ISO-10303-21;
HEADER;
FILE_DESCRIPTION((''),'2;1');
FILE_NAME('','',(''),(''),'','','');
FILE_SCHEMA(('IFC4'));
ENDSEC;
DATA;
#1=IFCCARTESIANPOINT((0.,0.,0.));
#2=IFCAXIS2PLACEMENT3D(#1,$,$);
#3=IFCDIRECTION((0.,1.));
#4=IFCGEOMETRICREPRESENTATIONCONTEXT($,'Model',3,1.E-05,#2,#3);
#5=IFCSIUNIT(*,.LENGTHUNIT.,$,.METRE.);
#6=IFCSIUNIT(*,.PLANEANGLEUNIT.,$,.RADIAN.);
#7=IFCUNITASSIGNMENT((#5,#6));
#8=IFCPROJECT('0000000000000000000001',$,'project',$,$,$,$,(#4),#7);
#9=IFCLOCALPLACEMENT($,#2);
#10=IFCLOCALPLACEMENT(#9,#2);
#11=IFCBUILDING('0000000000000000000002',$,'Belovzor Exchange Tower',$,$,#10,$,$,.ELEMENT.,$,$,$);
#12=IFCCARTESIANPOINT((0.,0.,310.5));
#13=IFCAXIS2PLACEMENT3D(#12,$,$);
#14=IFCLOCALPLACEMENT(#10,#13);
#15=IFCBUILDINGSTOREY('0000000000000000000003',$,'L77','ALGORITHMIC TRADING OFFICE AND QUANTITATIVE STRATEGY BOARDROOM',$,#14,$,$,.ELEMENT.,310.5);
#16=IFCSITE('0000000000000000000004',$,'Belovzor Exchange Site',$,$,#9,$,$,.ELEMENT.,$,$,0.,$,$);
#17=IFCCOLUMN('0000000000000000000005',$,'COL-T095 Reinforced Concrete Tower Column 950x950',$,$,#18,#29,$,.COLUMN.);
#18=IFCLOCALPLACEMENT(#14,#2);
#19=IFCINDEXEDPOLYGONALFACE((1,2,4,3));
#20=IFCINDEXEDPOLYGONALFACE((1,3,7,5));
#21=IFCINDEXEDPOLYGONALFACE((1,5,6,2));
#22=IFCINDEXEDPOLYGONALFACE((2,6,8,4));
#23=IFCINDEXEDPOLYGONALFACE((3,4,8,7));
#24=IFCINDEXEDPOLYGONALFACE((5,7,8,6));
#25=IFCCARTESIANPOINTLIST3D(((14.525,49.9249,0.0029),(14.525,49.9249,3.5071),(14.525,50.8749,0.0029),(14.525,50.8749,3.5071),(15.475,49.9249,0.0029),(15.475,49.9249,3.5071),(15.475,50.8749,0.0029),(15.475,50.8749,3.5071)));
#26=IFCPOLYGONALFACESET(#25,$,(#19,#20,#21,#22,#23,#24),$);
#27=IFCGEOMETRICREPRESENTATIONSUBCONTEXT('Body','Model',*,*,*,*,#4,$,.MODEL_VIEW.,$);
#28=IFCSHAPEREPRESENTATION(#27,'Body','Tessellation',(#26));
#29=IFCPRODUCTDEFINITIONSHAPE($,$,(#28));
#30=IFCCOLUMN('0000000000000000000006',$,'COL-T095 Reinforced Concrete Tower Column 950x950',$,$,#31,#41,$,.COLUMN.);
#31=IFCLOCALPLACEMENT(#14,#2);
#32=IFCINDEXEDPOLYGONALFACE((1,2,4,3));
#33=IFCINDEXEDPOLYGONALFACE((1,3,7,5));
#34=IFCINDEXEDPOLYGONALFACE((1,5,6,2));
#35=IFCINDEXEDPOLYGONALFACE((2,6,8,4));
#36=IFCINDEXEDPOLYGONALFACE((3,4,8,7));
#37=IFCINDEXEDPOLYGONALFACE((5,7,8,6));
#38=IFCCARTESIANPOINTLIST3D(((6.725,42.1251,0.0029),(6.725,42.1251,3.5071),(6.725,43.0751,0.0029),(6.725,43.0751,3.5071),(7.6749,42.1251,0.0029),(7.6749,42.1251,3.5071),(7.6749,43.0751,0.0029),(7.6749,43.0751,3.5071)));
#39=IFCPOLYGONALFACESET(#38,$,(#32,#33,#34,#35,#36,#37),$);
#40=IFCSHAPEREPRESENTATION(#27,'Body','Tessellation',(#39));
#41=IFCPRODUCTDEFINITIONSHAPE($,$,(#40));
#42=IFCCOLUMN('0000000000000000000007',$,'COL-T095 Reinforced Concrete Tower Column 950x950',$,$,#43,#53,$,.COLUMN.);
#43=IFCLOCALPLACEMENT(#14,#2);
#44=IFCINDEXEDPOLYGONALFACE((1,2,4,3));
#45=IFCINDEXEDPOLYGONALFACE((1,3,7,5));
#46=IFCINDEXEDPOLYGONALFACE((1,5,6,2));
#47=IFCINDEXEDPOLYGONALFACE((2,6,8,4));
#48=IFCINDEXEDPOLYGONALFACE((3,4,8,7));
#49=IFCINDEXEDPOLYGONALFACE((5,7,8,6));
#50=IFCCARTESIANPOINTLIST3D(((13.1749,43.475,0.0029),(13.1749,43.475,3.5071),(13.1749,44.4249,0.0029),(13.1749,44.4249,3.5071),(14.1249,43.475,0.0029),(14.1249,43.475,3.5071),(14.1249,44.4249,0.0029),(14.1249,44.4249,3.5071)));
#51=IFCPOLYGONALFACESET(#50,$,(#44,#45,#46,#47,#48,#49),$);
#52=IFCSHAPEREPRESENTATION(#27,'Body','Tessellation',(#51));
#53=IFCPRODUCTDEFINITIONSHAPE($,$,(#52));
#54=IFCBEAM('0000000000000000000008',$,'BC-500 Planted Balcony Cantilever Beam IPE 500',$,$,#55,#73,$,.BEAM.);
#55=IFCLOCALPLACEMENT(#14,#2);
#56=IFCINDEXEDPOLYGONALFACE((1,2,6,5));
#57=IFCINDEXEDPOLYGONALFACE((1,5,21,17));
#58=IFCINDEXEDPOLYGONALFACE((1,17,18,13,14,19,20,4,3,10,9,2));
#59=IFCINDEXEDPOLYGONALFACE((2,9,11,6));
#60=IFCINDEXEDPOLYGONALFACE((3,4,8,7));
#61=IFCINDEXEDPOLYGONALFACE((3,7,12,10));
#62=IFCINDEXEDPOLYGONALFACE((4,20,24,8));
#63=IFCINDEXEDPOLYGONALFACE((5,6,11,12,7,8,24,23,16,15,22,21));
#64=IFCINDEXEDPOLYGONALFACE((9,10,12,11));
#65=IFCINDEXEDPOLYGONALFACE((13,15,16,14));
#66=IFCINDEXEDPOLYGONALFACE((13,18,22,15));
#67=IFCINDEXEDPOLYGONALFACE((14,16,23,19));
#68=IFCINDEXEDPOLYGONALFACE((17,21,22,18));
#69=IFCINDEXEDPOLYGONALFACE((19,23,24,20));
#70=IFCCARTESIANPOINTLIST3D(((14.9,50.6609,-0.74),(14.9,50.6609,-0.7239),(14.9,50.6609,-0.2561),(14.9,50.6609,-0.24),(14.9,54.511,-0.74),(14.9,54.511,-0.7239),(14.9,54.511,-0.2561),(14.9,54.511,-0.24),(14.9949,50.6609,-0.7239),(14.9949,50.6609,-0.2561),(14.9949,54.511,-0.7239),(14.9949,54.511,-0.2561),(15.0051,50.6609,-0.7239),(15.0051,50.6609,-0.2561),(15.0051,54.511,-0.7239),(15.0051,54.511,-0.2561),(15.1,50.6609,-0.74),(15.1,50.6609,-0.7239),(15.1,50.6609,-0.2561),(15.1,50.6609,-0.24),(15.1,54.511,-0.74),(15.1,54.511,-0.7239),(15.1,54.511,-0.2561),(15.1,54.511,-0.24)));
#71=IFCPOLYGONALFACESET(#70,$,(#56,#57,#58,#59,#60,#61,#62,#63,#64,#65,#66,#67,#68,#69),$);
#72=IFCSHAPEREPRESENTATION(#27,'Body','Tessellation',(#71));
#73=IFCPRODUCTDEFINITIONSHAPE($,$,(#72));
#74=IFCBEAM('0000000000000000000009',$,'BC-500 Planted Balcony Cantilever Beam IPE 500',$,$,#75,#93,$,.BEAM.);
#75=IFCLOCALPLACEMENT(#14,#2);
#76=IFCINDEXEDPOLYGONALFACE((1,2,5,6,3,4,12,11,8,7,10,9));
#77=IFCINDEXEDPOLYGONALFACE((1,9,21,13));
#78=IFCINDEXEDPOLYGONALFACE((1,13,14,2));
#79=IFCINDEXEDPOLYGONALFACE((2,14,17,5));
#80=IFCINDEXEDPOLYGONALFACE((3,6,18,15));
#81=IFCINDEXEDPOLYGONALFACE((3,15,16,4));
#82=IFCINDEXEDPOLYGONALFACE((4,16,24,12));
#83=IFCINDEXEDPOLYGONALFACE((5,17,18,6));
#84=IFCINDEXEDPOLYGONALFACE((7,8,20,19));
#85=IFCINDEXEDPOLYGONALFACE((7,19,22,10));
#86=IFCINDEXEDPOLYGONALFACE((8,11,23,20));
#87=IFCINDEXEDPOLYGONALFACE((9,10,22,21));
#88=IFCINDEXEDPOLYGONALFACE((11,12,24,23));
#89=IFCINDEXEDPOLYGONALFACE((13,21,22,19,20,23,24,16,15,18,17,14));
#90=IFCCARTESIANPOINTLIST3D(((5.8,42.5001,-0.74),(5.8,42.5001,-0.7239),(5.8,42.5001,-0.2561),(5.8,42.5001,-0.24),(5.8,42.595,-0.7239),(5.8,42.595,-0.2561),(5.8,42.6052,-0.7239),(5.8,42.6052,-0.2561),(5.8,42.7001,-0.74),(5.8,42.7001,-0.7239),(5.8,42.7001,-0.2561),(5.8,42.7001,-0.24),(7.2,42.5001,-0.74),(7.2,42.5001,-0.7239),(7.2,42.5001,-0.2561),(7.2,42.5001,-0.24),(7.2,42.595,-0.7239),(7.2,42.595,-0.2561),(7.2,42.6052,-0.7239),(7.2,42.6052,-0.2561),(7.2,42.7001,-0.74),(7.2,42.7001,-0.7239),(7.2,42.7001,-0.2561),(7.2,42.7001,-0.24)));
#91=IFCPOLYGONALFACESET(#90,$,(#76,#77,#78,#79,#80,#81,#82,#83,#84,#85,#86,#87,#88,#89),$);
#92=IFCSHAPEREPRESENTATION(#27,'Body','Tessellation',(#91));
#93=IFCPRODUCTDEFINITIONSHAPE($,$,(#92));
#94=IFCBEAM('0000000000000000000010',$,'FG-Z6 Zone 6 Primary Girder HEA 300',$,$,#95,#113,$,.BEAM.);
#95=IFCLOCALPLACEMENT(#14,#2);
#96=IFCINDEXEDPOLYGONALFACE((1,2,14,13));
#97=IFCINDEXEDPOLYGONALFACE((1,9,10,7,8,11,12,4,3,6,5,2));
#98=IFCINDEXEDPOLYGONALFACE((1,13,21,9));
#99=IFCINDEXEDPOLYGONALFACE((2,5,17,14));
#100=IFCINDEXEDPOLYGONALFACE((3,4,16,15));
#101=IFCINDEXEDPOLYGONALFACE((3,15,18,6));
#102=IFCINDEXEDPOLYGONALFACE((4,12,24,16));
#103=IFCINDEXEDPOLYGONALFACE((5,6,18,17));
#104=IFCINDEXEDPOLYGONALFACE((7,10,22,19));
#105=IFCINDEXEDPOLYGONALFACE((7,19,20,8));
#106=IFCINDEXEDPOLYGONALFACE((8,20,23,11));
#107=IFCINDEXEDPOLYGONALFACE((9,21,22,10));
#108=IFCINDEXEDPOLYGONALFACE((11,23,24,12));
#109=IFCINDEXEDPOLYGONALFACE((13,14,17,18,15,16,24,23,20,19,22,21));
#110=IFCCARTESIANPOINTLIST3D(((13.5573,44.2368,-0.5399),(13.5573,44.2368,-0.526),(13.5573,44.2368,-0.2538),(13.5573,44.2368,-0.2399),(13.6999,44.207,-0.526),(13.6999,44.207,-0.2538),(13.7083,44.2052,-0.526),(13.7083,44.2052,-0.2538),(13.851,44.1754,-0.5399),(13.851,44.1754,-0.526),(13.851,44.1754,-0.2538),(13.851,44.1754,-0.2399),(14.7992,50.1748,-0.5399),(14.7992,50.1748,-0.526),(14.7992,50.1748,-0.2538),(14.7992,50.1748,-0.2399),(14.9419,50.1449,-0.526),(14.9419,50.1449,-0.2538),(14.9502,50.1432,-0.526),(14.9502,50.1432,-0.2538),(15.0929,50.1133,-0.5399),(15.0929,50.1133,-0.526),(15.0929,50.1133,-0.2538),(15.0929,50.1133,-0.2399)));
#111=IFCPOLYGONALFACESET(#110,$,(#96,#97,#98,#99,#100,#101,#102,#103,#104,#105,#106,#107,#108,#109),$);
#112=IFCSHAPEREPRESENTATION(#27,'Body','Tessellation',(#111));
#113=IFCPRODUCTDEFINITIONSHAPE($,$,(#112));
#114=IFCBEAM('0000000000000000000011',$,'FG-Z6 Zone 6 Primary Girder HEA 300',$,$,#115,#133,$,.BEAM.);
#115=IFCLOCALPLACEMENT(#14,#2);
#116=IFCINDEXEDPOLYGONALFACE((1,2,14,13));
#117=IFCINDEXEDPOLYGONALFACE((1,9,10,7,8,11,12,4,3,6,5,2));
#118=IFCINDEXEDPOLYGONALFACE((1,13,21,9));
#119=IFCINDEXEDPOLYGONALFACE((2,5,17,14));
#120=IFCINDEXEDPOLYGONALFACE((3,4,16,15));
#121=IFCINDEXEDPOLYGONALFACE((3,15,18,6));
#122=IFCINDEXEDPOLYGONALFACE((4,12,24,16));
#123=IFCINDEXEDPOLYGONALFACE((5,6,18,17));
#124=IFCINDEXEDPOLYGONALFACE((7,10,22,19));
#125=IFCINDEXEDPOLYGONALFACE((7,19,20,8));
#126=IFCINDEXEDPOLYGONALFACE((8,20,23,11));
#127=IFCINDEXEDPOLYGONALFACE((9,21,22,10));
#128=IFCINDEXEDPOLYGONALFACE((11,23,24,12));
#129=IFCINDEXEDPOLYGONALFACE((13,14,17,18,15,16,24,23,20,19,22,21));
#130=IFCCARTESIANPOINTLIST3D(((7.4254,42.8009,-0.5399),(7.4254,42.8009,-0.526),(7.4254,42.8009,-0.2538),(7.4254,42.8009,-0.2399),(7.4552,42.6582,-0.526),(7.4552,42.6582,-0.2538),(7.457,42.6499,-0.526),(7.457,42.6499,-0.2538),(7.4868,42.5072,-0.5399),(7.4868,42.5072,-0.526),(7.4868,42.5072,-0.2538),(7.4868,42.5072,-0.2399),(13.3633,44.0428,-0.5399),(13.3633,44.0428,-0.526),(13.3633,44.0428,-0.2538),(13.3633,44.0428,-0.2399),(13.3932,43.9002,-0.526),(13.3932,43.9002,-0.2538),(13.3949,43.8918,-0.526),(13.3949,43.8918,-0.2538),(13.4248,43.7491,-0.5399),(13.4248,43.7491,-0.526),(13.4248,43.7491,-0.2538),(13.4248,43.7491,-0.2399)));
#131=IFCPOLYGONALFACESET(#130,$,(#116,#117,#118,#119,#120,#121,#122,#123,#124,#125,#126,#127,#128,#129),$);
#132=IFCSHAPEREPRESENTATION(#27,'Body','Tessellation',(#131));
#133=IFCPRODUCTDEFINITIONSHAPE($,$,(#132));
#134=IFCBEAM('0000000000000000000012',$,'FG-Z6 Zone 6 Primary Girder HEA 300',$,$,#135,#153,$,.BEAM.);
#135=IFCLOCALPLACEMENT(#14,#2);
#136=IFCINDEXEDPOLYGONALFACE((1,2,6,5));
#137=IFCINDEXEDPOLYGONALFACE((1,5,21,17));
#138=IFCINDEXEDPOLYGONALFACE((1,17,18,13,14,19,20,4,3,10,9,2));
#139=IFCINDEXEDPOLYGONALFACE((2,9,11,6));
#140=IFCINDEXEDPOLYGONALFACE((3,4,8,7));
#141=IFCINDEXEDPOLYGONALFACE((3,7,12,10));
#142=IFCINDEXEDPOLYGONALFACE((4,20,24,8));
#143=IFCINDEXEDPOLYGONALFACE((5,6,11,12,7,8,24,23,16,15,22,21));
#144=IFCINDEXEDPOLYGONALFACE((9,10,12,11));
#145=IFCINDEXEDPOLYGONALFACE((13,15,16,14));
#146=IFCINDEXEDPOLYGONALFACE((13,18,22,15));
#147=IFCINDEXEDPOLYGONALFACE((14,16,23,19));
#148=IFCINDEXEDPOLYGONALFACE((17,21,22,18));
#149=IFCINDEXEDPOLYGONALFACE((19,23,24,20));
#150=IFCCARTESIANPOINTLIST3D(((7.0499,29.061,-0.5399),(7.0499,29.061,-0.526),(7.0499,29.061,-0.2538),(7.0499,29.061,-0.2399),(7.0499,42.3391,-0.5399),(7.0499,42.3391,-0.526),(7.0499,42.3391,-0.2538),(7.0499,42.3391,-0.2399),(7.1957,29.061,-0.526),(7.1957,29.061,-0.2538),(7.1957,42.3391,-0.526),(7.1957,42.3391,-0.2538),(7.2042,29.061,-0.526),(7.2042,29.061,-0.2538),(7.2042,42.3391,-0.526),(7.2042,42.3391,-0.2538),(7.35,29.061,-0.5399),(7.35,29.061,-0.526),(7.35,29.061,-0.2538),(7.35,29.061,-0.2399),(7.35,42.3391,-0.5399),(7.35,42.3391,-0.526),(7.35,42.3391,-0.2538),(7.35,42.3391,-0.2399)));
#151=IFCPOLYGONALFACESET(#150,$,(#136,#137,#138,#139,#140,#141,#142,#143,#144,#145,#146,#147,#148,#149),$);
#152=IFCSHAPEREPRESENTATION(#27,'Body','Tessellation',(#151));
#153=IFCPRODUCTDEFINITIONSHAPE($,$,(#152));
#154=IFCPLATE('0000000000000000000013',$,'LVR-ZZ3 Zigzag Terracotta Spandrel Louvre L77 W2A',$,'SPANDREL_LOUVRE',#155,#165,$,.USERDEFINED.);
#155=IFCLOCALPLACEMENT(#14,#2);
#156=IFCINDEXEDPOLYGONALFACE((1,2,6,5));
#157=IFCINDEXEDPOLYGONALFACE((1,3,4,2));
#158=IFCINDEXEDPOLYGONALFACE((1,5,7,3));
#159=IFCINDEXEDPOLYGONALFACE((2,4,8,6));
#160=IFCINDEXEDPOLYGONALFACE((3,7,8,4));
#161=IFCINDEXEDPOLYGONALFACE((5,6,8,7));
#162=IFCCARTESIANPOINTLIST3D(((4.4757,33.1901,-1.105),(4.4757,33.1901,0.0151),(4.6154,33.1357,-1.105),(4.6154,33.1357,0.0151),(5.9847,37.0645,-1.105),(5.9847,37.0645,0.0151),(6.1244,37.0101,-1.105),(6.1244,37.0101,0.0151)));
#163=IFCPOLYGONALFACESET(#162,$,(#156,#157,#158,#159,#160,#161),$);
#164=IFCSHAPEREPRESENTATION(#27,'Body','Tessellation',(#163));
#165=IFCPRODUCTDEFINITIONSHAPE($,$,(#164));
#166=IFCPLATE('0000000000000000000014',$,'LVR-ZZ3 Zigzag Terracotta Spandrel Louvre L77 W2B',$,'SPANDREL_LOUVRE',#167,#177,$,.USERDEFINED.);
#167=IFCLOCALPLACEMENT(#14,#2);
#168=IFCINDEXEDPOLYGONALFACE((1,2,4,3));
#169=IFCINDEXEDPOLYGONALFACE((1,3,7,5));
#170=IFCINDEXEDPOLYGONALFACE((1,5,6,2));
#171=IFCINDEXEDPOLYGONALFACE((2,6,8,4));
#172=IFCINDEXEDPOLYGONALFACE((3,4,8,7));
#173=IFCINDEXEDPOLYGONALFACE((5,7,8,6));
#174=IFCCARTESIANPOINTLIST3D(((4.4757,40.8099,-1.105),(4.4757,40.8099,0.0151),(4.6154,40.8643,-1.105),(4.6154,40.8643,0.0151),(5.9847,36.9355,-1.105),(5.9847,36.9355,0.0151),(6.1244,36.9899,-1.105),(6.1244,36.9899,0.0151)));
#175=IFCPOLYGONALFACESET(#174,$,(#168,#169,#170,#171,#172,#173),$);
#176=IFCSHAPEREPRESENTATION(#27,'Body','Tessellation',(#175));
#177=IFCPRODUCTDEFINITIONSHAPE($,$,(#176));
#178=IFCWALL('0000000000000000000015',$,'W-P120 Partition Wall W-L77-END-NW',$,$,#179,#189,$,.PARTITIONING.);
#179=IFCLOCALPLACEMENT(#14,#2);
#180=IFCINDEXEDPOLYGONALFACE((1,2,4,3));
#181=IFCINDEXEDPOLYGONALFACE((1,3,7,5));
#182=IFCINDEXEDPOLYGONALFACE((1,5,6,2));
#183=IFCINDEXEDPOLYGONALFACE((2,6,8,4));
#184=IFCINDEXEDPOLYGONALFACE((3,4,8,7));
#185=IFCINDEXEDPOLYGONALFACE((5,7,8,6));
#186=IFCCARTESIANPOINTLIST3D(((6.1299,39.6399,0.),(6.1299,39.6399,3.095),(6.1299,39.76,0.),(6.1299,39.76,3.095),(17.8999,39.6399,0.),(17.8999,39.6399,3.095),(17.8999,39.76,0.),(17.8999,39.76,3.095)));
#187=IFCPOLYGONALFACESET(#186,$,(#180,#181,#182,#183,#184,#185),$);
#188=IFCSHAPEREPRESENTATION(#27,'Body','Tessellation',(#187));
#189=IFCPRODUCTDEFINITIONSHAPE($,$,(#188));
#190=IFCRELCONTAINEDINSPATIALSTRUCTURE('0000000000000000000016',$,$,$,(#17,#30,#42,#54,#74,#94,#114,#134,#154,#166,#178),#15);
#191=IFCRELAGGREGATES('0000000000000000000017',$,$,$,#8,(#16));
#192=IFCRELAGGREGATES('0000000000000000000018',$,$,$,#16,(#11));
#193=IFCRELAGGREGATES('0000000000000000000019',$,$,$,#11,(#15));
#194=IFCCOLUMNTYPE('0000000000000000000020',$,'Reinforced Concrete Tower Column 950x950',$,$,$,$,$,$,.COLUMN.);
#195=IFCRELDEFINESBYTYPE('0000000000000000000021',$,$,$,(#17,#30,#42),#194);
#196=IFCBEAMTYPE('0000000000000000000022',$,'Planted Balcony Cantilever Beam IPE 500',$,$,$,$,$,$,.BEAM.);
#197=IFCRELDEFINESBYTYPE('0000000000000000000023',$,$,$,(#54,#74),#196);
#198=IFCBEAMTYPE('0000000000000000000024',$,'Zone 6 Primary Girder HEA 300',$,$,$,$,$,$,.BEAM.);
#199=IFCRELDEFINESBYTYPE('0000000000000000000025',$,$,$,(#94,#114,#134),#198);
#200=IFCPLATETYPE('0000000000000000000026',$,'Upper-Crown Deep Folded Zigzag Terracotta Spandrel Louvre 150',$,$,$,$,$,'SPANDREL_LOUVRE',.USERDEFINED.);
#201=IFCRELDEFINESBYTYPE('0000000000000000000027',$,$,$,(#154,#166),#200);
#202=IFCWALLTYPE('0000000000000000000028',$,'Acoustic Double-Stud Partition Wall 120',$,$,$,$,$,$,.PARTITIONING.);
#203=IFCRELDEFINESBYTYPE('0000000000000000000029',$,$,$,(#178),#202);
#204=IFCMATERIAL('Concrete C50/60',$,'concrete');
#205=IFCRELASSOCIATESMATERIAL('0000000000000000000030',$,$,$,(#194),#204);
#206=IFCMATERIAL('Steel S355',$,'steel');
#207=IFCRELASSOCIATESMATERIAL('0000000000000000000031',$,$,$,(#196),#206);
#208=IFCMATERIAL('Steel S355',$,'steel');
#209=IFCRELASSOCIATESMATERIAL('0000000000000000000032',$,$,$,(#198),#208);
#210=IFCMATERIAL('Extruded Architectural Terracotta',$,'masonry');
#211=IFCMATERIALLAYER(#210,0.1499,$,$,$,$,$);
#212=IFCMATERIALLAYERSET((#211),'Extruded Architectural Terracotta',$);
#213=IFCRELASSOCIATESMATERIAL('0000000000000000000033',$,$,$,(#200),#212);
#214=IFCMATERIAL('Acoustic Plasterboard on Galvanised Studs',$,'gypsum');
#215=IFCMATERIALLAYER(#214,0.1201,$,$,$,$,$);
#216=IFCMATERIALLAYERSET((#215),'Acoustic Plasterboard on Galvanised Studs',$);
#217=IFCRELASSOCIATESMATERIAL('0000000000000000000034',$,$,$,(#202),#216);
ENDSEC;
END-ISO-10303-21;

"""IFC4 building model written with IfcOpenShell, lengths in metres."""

from ifc_helpers import new_model, si_unit, direction, frame, frame_2d, origin, origin_2d, place, context, subcontext, project, spatial, rectangle, i_section, extrude, material, layer, layer_set, material_profile, profile_set, type_object, element, save


model = new_model("IFC4")

# Units and contexts
model_context = context("Model", 3, precision=1e-05, world=origin(), true_north=direction((0.0, 1.0)))
body_context = subcontext(model_context, "Body", "Model", "MODEL_VIEW")
ifc_project = project(units=[si_unit("LENGTHUNIT", "METRE"), si_unit("PLANEANGLEUNIT", "RADIAN")], contexts=[model_context])

# Site, building, storey
site_placement = place(None, origin())
site = spatial("IfcSite", under=ifc_project, at=site_placement, Name="Belovzor Exchange Site", CompositionType="ELEMENT", RefElevation=0.0)
building_placement = place(site_placement, origin())
building = spatial("IfcBuilding", under=site, at=building_placement, Name="Belovzor Exchange Tower", CompositionType="ELEMENT")
storey_placement = place(building_placement, frame((0.0, 0.0, 310.5)))
storey = spatial("IfcBuildingStorey", under=building, at=storey_placement, Name="L77", Description="ALGORITHMIC TRADING OFFICE AND QUANTITATIVE STRATEGY BOARDROOM", CompositionType="ELEMENT", Elevation=310.5)

# Columns
ifc_material_1 = material(Name="Concrete C50/60", Category="concrete")
ifc_material_profile_1 = material_profile(ifc_material_1, rectangle(XDim=0.95, YDim=0.95, at=origin_2d()))
ifc_profile_set_1 = profile_set([ifc_material_profile_1], Name="Concrete C50/60")
column_type = type_object("IfcColumnType", Name="Reinforced Concrete Tower Column 950x950", PredefinedType="COLUMN", material=ifc_profile_set_1)
for number, where, z_axis, x_axis, name in (
    (1, (15.0, 50.3999, 0.0029), (0.0, 0.0, 1.0), (1.0, 0.0, 0.0), "COL-T095 Reinforced Concrete Tower Column 950x950"),
    (2, (7.2, 42.6001, 0.0029), (0.0, 0.0, 1.0), (1.0, 0.0, 0.0), "COL-T095 Reinforced Concrete Tower Column 950x950"),
    (3, (13.6499, 43.95, 0.0029), (0.0, 0.0, 1.0), (1.0, 0.0, 0.0), "COL-T095 Reinforced Concrete Tower Column 950x950"),
):
    element("IfcColumn", number, at=place(storey_placement, frame(where, z_axis=z_axis, x_axis=x_axis)), inside=storey, type_object=column_type, Name=name, PredefinedType="COLUMN", context=body_context, shape_type="SweptSolid", body=[
        extrude(rectangle(XDim=0.95, YDim=0.95, at=origin_2d()), origin(), (0.0, 0.0, 1.0), 3.5042),
    ])

# Beams
ifc_material_2 = material(Name="Steel S355", Category="steel")
ifc_material_profile_2 = material_profile(ifc_material_2, i_section(OverallWidth=0.2, OverallDepth=0.5, WebThickness=0.0103, FlangeThickness=0.0161, at=origin_2d()))
ifc_profile_set_2 = profile_set([ifc_material_profile_2], Name="Steel S355")
beam_type_1 = type_object("IfcBeamType", Name="Planted Balcony Cantilever Beam IPE 500", PredefinedType="BEAM", material=ifc_profile_set_2)
beam_1_placement = place(storey_placement, frame((15.0, 50.6609, -0.49), z_axis=(0.0, 1.0, 0.0), x_axis=(-1.0, 0.0, 0.0)))
element("IfcBeam", 4, at=beam_1_placement, inside=storey, type_object=beam_type_1, Name="BC-500 Planted Balcony Cantilever Beam IPE 500", PredefinedType="BEAM", context=body_context, shape_type="SweptSolid", body=[
    extrude(i_section(OverallWidth=0.2, OverallDepth=0.5, WebThickness=0.0103, FlangeThickness=0.0161, at=origin_2d()), origin(), (0.0, 0.0, 1.0), 3.8501),
])
beam_2_placement = place(storey_placement, frame((7.2, 42.6001, -0.49), z_axis=(-1.0, 0.0, 0.0), x_axis=(0.0, -1.0, 0.0)))
element("IfcBeam", 5, at=beam_2_placement, inside=storey, type_object=beam_type_1, Name="BC-500 Planted Balcony Cantilever Beam IPE 500", PredefinedType="BEAM", context=body_context, shape_type="SweptSolid", body=[
    extrude(i_section(OverallWidth=0.2, OverallDepth=0.5, WebThickness=0.0103, FlangeThickness=0.0161, at=origin_2d()), origin(), (0.0, 0.0, 1.0), 1.3999),
])
ifc_material_3 = material(Name="Steel S355", Category="steel")
ifc_material_profile_3 = material_profile(ifc_material_3, i_section(OverallWidth=0.3, OverallDepth=0.3, WebThickness=0.0085, FlangeThickness=0.0139, at=origin_2d()))
ifc_profile_set_3 = profile_set([ifc_material_profile_3], Name="Steel S355")
beam_type_2 = type_object("IfcBeamType", Name="Zone 6 Primary Girder HEA 300", PredefinedType="BEAM", material=ifc_profile_set_3)
for number, where, z_axis, x_axis, name in (
    (6, (14.946, 50.144, -0.3899), (-0.204722, -0.97882, 0.0), (0.97882, -0.204722, 0.0), "FG-Z6 Zone 6 Primary Girder HEA 300"),
    (7, (13.394, 43.896, -0.3899), (-0.97882, -0.204722, 0.0), (0.204722, -0.97882, 0.0), "FG-Z6 Zone 6 Primary Girder HEA 300"),
):
    element("IfcBeam", number, at=place(storey_placement, frame(where, z_axis=z_axis, x_axis=x_axis)), inside=storey, type_object=beam_type_2, Name=name, PredefinedType="BEAM", context=body_context, shape_type="SweptSolid", body=[
        extrude(i_section(OverallWidth=0.3, OverallDepth=0.3, WebThickness=0.0085, FlangeThickness=0.0139, at=origin_2d()), origin(), (0.0, 0.0, 1.0), 6.0664),
    ])
beam_3_placement = place(storey_placement, frame((7.2, 42.3391, -0.3899), z_axis=(0.0, -1.0, 0.0), x_axis=(1.0, 0.0, 0.0)))
element("IfcBeam", 8, at=beam_3_placement, inside=storey, type_object=beam_type_2, Name="FG-Z6 Zone 6 Primary Girder HEA 300", PredefinedType="BEAM", context=body_context, shape_type="SweptSolid", body=[
    extrude(i_section(OverallWidth=0.3, OverallDepth=0.3, WebThickness=0.0085, FlangeThickness=0.0139, at=origin_2d()), origin(), (0.0, 0.0, 1.0), 13.2781),
])

# Plates
ifc_material_4 = material(Name="Extruded Architectural Terracotta", Category="masonry")
ifc_layer_1 = layer(ifc_material_4, 0.1499)
ifc_layer_set_1 = layer_set([ifc_layer_1], Name="Extruded Architectural Terracotta")
plate_type = type_object("IfcPlateType", Name="Upper-Crown Deep Folded Zigzag Terracotta Spandrel Louvre 150", ElementType="SPANDREL_LOUVRE", PredefinedType="USERDEFINED", material=ifc_layer_set_1)
for number, where, z_axis, x_axis, name in (
    (9, (5.3, 35.1001, -1.105), (0.0, 0.0, 1.0), (0.362926, 0.931818, 0.0), "LVR-ZZ3 Zigzag Terracotta Spandrel Louvre L77 W2A"),
    (10, (5.3, 38.8999, -1.105), (0.0, 0.0, 1.0), (-0.362926, 0.931818, 0.0), "LVR-ZZ3 Zigzag Terracotta Spandrel Louvre L77 W2B"),
):
    element("IfcPlate", number, at=place(storey_placement, frame(where, z_axis=z_axis, x_axis=x_axis)), inside=storey, type_object=plate_type, Name=name, ObjectType="SPANDREL_LOUVRE", PredefinedType="USERDEFINED", context=body_context, shape_type="SweptSolid", body=[
        extrude(rectangle(XDim=4.158, YDim=0.1499, at=origin_2d()), origin(), (0.0, 0.0, 1.0), 1.1201),
    ])

# Wall
ifc_material_5 = material(Name="Acoustic Plasterboard on Galvanised Studs", Category="gypsum")
ifc_layer_2 = layer(ifc_material_5, 0.1201)
ifc_layer_set_2 = layer_set([ifc_layer_2], Name="Acoustic Plasterboard on Galvanised Studs")
wall_type_1 = type_object("IfcWallType", Name="Acoustic Double-Stud Partition Wall 120", PredefinedType="PARTITIONING", material=ifc_layer_set_2)
wall_1_placement = place(storey_placement, frame((6.1299, 39.7, 0.0), z_axis=(0.0, 0.0, 1.0), x_axis=(1.0, 0.0, 0.0)))
element("IfcWall", 11, at=wall_1_placement, inside=storey, type_object=wall_type_1, Name="W-P120 Partition Wall W-L77-END-NW", PredefinedType="PARTITIONING", context=body_context, shape_type="SweptSolid", body=[
    extrude(rectangle(XDim=11.77, YDim=0.1201, at=frame_2d((5.885, 0.0))), origin(), (0.0, 0.0, 1.0), 3.095),
])

save(model, "model.ifc")
